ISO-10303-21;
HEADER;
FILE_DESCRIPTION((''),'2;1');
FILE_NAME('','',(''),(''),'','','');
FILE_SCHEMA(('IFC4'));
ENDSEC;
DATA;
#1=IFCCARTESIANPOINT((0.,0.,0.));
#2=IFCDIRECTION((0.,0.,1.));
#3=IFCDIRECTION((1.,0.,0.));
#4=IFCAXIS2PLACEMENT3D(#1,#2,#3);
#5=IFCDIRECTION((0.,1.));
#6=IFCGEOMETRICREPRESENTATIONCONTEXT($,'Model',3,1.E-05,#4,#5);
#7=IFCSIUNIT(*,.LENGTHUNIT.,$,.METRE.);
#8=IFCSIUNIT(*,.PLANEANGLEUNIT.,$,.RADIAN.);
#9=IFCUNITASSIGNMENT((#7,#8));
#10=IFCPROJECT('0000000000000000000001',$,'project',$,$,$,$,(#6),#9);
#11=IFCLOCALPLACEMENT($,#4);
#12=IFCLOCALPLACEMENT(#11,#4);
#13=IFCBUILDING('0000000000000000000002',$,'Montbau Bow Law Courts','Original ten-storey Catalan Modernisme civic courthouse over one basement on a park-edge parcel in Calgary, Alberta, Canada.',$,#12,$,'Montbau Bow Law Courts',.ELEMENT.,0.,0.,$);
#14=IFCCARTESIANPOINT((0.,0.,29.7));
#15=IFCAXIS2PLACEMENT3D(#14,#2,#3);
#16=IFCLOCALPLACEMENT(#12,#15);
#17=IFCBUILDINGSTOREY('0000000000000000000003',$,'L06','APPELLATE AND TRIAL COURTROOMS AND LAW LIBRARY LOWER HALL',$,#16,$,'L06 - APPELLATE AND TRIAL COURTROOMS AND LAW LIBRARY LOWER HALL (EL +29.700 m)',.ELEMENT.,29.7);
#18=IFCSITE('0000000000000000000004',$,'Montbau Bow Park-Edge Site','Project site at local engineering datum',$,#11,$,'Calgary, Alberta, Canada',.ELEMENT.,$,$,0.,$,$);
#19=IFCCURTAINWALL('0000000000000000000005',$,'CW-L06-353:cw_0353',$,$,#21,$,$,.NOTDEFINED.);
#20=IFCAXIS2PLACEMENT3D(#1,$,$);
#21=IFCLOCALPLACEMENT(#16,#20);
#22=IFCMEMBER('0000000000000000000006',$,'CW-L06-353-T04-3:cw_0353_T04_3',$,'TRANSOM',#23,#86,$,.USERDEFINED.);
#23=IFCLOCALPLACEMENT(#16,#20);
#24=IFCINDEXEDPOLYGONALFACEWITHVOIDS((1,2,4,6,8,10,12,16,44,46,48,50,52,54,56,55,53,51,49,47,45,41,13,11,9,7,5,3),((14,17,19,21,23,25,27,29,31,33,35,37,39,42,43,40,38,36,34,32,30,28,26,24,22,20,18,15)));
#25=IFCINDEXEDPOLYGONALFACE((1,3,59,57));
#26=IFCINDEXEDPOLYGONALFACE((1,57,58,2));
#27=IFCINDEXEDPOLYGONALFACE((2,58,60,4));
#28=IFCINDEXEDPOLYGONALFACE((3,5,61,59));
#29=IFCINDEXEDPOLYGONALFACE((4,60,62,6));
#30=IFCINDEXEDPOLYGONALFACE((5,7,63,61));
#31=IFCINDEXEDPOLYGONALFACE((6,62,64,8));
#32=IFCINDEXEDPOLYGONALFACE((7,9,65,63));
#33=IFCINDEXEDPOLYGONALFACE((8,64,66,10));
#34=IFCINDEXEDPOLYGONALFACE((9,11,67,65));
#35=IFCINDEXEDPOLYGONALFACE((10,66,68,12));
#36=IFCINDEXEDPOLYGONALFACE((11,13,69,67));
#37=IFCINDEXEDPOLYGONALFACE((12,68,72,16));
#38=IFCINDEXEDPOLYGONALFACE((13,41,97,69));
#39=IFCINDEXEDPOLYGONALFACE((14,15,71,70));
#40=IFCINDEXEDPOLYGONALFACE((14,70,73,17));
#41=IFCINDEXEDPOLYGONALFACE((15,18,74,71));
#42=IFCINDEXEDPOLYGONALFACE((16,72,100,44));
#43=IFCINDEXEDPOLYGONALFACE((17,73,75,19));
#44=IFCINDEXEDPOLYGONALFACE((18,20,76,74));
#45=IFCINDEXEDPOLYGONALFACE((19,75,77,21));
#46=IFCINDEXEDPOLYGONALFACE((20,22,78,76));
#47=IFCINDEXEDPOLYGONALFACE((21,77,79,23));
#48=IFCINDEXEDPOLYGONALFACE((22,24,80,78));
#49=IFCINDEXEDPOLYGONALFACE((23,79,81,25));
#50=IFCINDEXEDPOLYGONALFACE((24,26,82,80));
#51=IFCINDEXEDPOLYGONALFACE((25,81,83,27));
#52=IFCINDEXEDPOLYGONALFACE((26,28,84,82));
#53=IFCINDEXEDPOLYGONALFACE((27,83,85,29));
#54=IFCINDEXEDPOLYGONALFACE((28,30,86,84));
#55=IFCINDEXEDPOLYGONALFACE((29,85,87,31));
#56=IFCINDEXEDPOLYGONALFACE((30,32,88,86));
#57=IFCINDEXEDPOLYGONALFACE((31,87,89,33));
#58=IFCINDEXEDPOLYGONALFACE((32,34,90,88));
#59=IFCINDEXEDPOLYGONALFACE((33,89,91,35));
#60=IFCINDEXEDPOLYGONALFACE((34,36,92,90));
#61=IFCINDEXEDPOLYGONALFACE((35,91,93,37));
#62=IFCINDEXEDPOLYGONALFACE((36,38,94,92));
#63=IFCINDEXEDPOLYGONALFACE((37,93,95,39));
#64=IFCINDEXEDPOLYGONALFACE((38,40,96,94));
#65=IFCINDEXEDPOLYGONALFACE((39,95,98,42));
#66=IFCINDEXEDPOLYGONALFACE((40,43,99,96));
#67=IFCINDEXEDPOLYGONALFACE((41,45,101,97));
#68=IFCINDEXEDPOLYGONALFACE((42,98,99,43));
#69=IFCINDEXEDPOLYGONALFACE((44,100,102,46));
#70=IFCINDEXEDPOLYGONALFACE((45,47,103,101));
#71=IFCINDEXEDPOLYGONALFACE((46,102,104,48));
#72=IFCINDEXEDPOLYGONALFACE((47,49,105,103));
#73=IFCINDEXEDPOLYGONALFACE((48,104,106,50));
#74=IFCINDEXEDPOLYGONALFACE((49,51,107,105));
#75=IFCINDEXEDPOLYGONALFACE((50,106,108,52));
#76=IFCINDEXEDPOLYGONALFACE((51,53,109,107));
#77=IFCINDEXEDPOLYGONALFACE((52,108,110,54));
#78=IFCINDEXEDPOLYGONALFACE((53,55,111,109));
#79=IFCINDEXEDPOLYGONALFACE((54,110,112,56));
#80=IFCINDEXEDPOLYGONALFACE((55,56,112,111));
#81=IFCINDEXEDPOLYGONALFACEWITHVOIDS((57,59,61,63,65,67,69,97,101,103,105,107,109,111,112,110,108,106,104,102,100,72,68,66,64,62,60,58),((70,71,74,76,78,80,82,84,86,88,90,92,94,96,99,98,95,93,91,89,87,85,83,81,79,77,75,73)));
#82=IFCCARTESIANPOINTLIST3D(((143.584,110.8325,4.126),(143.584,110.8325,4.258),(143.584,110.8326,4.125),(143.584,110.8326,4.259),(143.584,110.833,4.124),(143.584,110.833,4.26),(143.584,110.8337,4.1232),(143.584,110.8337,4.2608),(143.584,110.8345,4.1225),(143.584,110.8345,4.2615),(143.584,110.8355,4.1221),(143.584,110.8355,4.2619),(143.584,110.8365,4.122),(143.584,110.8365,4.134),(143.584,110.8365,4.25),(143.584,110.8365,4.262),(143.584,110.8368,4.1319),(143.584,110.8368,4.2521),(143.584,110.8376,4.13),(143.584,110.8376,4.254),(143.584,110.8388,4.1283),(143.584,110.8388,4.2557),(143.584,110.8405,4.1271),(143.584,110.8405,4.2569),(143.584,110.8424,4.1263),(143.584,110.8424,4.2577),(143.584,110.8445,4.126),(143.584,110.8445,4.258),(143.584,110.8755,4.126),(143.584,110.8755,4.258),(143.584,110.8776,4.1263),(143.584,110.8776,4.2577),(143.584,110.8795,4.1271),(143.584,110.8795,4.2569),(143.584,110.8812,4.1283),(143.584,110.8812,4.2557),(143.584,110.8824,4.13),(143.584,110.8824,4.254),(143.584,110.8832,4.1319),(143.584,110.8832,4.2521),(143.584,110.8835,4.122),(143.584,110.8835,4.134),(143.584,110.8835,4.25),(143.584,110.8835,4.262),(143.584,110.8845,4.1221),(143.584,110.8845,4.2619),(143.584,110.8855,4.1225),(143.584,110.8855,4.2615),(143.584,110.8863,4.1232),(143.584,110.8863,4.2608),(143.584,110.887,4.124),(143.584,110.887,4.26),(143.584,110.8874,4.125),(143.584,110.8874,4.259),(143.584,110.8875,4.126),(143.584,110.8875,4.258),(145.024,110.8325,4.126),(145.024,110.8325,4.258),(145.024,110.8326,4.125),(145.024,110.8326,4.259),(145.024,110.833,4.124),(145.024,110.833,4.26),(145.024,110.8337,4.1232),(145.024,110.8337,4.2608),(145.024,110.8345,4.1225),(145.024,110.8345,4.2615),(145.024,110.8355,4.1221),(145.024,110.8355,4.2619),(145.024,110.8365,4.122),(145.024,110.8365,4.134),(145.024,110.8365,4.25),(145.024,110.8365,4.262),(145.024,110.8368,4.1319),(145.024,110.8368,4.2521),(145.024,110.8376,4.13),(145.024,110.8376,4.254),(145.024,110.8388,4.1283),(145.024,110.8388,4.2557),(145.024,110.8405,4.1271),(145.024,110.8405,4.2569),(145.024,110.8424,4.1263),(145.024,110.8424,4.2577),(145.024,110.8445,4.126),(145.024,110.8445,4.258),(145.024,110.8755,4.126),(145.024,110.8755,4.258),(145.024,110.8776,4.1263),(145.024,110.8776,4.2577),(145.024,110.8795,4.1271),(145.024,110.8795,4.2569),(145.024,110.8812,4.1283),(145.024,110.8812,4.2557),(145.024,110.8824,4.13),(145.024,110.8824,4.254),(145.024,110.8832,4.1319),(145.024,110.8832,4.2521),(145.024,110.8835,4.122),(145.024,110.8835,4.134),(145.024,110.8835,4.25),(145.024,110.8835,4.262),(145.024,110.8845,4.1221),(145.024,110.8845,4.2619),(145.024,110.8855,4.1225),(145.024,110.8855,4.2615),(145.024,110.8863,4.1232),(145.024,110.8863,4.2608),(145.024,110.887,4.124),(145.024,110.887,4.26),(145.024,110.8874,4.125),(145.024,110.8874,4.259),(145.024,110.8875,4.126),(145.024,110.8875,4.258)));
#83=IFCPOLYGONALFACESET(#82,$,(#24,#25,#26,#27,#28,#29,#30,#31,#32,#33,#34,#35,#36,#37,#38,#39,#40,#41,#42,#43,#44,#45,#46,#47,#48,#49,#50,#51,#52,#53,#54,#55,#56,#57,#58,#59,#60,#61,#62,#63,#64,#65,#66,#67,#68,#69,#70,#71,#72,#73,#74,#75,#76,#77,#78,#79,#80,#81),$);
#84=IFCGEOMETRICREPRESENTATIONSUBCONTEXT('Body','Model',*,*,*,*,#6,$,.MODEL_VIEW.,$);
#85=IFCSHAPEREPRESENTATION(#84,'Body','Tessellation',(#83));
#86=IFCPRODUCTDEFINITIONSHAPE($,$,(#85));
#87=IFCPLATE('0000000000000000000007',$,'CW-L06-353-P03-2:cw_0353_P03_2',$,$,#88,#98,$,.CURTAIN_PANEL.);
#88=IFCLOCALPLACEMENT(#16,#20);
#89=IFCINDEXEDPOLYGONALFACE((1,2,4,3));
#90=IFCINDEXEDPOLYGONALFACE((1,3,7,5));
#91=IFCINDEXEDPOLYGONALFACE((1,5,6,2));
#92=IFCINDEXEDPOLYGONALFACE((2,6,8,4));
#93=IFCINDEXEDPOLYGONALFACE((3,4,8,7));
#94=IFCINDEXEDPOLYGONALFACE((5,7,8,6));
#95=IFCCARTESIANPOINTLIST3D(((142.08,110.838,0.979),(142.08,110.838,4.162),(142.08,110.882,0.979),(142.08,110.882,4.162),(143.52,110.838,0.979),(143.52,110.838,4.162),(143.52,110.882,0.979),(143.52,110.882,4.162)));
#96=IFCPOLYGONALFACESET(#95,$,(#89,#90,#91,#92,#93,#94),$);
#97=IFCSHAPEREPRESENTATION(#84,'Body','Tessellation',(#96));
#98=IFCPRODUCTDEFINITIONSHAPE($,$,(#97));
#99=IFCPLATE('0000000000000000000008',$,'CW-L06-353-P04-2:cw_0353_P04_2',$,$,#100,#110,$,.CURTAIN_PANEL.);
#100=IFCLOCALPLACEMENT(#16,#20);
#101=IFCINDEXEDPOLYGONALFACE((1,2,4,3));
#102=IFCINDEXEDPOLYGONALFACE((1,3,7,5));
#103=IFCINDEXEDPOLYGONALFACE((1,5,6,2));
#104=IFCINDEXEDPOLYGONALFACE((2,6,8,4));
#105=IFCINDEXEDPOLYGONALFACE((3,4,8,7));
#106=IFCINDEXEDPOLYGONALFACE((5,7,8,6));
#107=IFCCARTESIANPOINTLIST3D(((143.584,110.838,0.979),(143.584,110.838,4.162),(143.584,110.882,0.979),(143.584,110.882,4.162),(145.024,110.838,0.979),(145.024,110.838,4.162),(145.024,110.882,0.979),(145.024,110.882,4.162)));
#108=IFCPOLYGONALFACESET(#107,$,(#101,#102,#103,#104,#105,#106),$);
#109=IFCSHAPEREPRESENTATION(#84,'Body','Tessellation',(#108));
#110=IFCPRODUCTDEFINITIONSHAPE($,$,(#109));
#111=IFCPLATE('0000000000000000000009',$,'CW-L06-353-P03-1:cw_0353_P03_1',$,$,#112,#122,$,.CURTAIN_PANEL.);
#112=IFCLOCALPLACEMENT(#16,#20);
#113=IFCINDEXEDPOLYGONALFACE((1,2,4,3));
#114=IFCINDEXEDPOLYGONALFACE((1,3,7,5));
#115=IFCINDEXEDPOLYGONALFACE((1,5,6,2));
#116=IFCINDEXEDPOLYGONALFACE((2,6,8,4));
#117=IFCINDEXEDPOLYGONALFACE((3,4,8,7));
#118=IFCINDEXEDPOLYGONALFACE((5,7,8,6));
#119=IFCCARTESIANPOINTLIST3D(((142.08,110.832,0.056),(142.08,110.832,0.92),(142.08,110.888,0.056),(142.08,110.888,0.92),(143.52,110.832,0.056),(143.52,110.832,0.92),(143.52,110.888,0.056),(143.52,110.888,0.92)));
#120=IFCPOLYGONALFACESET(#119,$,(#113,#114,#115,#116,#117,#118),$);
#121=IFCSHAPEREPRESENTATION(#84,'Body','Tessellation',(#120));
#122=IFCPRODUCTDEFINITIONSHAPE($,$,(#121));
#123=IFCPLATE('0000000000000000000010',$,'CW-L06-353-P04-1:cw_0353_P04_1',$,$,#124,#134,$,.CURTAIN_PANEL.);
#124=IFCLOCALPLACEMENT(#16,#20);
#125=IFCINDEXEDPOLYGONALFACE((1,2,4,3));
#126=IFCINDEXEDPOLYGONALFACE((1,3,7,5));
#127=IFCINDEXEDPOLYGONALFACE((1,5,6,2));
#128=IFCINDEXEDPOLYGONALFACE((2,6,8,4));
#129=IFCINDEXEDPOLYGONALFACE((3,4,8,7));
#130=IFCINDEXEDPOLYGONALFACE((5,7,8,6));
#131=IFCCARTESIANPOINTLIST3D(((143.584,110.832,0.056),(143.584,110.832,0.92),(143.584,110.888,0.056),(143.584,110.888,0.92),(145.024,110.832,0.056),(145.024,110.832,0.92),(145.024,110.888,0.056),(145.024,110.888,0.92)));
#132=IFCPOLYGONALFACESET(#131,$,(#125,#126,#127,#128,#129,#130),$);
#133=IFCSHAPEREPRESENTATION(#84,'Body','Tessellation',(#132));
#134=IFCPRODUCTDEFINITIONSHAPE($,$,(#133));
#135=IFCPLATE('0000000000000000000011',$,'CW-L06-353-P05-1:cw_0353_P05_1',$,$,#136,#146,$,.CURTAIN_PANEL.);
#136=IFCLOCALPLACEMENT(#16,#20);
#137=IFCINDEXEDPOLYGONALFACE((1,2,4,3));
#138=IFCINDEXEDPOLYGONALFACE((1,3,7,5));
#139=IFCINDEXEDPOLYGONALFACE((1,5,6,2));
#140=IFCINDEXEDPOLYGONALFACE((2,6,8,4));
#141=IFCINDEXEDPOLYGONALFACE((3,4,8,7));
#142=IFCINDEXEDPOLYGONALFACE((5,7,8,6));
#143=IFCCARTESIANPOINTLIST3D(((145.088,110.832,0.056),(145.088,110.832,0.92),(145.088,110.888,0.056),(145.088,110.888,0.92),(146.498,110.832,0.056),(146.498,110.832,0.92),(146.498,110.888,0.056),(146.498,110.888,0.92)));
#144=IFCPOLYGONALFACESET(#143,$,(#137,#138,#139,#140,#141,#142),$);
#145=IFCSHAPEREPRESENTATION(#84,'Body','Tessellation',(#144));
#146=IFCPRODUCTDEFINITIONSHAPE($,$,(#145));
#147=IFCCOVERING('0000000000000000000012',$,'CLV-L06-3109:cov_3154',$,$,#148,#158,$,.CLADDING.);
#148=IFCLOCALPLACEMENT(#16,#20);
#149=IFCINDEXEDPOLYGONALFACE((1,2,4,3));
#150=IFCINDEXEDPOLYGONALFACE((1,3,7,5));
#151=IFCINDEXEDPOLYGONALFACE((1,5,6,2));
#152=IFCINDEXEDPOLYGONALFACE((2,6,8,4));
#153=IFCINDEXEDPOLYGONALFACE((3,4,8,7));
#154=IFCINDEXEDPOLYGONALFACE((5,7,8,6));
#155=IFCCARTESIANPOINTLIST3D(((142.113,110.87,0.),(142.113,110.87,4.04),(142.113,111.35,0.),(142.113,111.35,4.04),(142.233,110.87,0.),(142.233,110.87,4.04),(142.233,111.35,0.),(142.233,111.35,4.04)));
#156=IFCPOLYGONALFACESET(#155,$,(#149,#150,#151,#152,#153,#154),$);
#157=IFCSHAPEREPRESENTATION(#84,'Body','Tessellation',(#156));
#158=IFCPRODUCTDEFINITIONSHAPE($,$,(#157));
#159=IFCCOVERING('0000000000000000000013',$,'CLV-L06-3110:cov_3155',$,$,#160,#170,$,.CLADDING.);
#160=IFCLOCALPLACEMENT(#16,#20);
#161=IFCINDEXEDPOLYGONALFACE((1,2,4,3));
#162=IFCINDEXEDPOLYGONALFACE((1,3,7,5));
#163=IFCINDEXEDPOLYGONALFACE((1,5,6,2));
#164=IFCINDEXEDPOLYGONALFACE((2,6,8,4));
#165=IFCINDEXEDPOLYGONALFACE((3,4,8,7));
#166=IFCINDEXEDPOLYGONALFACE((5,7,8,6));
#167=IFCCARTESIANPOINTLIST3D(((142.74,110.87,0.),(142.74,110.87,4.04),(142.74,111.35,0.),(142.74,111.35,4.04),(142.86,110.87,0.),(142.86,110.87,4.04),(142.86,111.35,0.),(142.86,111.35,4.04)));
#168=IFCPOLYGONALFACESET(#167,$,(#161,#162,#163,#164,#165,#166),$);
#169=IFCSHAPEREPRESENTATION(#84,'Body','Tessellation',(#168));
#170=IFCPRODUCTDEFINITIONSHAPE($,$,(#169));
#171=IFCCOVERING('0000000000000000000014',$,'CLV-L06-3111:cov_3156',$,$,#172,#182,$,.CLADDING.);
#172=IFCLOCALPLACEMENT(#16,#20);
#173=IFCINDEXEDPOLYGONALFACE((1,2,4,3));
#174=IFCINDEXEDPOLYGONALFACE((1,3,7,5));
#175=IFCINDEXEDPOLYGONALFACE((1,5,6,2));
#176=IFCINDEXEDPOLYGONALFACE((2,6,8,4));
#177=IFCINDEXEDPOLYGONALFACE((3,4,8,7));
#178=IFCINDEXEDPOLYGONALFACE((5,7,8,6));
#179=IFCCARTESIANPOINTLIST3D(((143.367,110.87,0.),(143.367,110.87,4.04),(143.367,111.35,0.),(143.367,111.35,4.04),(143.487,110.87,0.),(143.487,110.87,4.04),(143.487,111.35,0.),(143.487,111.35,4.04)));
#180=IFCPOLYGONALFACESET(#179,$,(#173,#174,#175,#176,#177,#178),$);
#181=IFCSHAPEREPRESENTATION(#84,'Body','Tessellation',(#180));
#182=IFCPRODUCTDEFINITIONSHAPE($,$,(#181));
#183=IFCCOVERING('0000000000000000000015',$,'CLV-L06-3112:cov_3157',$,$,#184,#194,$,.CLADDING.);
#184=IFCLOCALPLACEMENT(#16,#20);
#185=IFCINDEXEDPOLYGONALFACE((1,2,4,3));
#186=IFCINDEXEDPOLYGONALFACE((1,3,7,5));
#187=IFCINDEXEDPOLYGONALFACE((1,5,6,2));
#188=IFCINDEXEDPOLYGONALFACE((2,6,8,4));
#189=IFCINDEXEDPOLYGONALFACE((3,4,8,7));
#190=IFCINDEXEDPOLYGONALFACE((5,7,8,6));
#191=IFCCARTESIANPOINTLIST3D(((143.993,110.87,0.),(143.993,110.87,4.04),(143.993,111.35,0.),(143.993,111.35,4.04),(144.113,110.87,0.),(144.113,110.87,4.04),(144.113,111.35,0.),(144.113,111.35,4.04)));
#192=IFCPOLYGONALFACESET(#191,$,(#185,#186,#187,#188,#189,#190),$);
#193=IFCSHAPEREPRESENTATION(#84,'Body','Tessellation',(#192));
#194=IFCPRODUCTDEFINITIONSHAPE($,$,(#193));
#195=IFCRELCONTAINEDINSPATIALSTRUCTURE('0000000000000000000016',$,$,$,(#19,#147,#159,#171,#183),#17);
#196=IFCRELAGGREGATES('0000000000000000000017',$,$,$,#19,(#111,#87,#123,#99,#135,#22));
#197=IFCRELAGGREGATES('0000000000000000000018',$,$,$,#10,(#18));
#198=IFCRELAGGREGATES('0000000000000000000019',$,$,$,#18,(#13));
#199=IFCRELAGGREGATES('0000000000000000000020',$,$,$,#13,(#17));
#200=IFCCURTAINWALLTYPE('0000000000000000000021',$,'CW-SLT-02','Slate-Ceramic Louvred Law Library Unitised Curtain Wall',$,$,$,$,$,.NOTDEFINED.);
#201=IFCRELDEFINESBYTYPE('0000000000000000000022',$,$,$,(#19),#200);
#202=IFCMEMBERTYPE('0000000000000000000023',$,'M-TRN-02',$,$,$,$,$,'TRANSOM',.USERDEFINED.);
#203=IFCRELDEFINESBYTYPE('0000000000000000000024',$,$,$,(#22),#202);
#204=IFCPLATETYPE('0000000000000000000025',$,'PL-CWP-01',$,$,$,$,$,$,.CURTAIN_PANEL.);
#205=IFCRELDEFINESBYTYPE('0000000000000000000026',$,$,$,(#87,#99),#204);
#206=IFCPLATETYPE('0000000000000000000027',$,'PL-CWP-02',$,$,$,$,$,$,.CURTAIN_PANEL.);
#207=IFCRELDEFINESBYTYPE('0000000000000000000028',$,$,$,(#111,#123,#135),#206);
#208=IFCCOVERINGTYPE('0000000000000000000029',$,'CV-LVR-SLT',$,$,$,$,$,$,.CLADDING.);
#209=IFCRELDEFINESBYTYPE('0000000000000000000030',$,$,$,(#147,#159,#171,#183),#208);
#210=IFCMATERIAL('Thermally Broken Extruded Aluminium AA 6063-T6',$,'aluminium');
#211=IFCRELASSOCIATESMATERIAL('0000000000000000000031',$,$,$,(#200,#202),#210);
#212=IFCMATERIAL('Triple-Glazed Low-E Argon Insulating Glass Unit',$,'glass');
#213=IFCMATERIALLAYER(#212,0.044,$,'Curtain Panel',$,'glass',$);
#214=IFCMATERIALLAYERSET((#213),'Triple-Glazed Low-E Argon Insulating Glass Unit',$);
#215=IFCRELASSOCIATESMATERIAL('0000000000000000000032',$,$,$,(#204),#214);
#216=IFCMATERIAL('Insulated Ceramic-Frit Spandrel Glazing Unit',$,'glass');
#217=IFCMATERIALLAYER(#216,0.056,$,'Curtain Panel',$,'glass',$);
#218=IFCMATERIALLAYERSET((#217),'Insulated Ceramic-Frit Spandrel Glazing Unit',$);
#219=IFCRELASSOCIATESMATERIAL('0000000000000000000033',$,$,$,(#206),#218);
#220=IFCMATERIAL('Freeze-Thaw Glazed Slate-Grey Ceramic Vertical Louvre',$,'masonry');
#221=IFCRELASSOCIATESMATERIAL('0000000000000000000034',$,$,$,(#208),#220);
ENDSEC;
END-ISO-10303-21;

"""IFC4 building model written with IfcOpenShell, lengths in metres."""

from ifc_helpers import new_model, si_unit, direction, frame, frame_2d, origin_with_axes, origin_2d_with_axis, place, context, subcontext, project, spatial, rectangle, hollow_rectangle, extrude, material, layer, layer_set, material_profile, profile_set, type_object, element, aggregate, save


model = new_model("IFC4")

# Units and contexts
model_context = context("Model", 3, precision=1e-05, world=origin_with_axes(), true_north=direction((0.0, 1.0)))
body_context = subcontext(model_context, "Body", "Model", "MODEL_VIEW")
ifc_project = project(units=[si_unit("LENGTHUNIT", "METRE"), si_unit("PLANEANGLEUNIT", "RADIAN")], contexts=[model_context])

# Site, building, storey
site_placement = place(None, origin_with_axes())
site = spatial("IfcSite", under=ifc_project, at=site_placement, Name="Montbau Bow Park-Edge Site", Description="Project site at local engineering datum", LongName="Calgary, Alberta, Canada", CompositionType="ELEMENT", RefElevation=0.0)
building_placement = place(site_placement, origin_with_axes())
building = spatial("IfcBuilding", under=site, at=building_placement, Name="Montbau Bow Law Courts", Description="Original ten-storey Catalan Modernisme civic courthouse over one basement on a park-edge parcel in Calgary, Alberta, Canada.", LongName="Montbau Bow Law Courts", CompositionType="ELEMENT", ElevationOfRefHeight=0.0, ElevationOfTerrain=0.0)
storey_placement = place(building_placement, frame((0.0, 0.0, 29.7), z_axis=(0.0, 0.0, 1.0), x_axis=(1.0, 0.0, 0.0)))
storey = spatial("IfcBuildingStorey", under=building, at=storey_placement, Name="L06", Description="APPELLATE AND TRIAL COURTROOMS AND LAW LIBRARY LOWER HALL", LongName="L06 - APPELLATE AND TRIAL COURTROOMS AND LAW LIBRARY LOWER HALL (EL +29.700 m)", CompositionType="ELEMENT", Elevation=29.7)

# Curtain wall, member, plates
ifc_material_1 = material(Name="Thermally Broken Extruded Aluminium AA 6063-T6", Category="aluminium")
curtain_wall_type = type_object("IfcCurtainWallType", Name="CW-SLT-02", Description="Slate-Ceramic Louvred Law Library Unitised Curtain Wall", PredefinedType="NOTDEFINED", material=ifc_material_1)
curtain_wall_placement = place(None, frame((139.04, 110.86, 29.7), z_axis=(0.0, 0.0, 1.0), x_axis=(1.0, 0.0, 0.0)))
curtain_wall = element("IfcCurtainWall", 1, at=curtain_wall_placement, inside=storey, type_object=curtain_wall_type, Name="CW-L06-353:cw_0353", PredefinedType="NOTDEFINED")
ifc_material_profile_1 = material_profile(ifc_material_1, hollow_rectangle(XDim=0.055, YDim=0.14, WallThickness=0.004, InnerFilletRadius=0.008, OuterFilletRadius=0.004, at=origin_2d_with_axis()), Name="CWT-140X55", Category="Main", Priority=0)
ifc_profile_set_1 = profile_set([ifc_material_profile_1], Name="Thermally Broken Extruded Aluminium AA 6063-T6")
member_type_1 = type_object("IfcMemberType", Name="M-TRN-02", ElementType="TRANSOM", PredefinedType="USERDEFINED", material=ifc_profile_set_1)
member_1_placement = place(None, frame((143.584, 110.86, 33.892), z_axis=(1.0, 0.0, 0.0), x_axis=(0.0, 1.0, 0.0)))
member_1 = element("IfcMember", 2, at=member_1_placement, type_object=member_type_1, Name="CW-L06-353-T04-3:cw_0353_T04_3", ObjectType="TRANSOM", PredefinedType="USERDEFINED", context=body_context, shape_type="SweptSolid", body=[
    extrude(hollow_rectangle(XDim=0.055, YDim=0.14, WallThickness=0.004, InnerFilletRadius=0.008, OuterFilletRadius=0.004, at=origin_2d_with_axis()), origin_with_axes(), (0.0, 0.0, 1.0), 1.44),
])
ifc_material_2 = material(Name="Triple-Glazed Low-E Argon Insulating Glass Unit", Category="glass")
ifc_layer_1 = layer(ifc_material_2, 0.044, Name="Curtain Panel", Category="glass")
ifc_layer_set_1 = layer_set([ifc_layer_1], Name="Triple-Glazed Low-E Argon Insulating Glass Unit")
plate_type_1 = type_object("IfcPlateType", Name="PL-CWP-01", PredefinedType="CURTAIN_PANEL", material=ifc_layer_set_1)
plate_1_placement = place(None, frame((142.08, 110.86, 30.679), z_axis=(0.0, -1.0, 0.0), x_axis=(1.0, 0.0, 0.0)))
plate_1 = element("IfcPlate", 3, at=plate_1_placement, type_object=plate_type_1, Name="CW-L06-353-P03-2:cw_0353_P03_2", PredefinedType="CURTAIN_PANEL", context=body_context, shape_type="SweptSolid", body=[
    extrude(rectangle(XDim=1.44, YDim=3.183, at=frame_2d((0.72, 1.5915), x_axis=(1.0, 0.0))), frame((0.0, 0.0, -0.022), z_axis=(0.0, 0.0, 1.0), x_axis=(1.0, 0.0, 0.0)), (0.0, 0.0, 1.0), 0.044),
])
plate_2_placement = place(None, frame((143.584, 110.86, 30.679), z_axis=(0.0, -1.0, 0.0), x_axis=(1.0, 0.0, 0.0)))
plate_2 = element("IfcPlate", 4, at=plate_2_placement, type_object=plate_type_1, Name="CW-L06-353-P04-2:cw_0353_P04_2", PredefinedType="CURTAIN_PANEL", context=body_context, shape_type="SweptSolid", body=[
    extrude(rectangle(XDim=1.44, YDim=3.183, at=frame_2d((0.72, 1.5915), x_axis=(1.0, 0.0))), frame((0.0, 0.0, -0.022), z_axis=(0.0, 0.0, 1.0), x_axis=(1.0, 0.0, 0.0)), (0.0, 0.0, 1.0), 0.044),
])
ifc_material_3 = material(Name="Insulated Ceramic-Frit Spandrel Glazing Unit", Category="glass")
ifc_layer_2 = layer(ifc_material_3, 0.056, Name="Curtain Panel", Category="glass")
ifc_layer_set_2 = layer_set([ifc_layer_2], Name="Insulated Ceramic-Frit Spandrel Glazing Unit")
plate_type_2 = type_object("IfcPlateType", Name="PL-CWP-02", PredefinedType="CURTAIN_PANEL", material=ifc_layer_set_2)
plate_3_placement = place(None, frame((142.08, 110.86, 29.756), z_axis=(0.0, -1.0, 0.0), x_axis=(1.0, 0.0, 0.0)))
plate_3 = element("IfcPlate", 5, at=plate_3_placement, type_object=plate_type_2, Name="CW-L06-353-P03-1:cw_0353_P03_1", PredefinedType="CURTAIN_PANEL", context=body_context, shape_type="SweptSolid", body=[
    extrude(rectangle(XDim=1.44, YDim=0.864, at=frame_2d((0.72, 0.432), x_axis=(1.0, 0.0))), frame((0.0, 0.0, -0.028), z_axis=(0.0, 0.0, 1.0), x_axis=(1.0, 0.0, 0.0)), (0.0, 0.0, 1.0), 0.056),
])
plate_4_placement = place(None, frame((143.584, 110.86, 29.756), z_axis=(0.0, -1.0, 0.0), x_axis=(1.0, 0.0, 0.0)))
plate_4 = element("IfcPlate", 6, at=plate_4_placement, type_object=plate_type_2, Name="CW-L06-353-P04-1:cw_0353_P04_1", PredefinedType="CURTAIN_PANEL", context=body_context, shape_type="SweptSolid", body=[
    extrude(rectangle(XDim=1.44, YDim=0.864, at=frame_2d((0.72, 0.432), x_axis=(1.0, 0.0))), frame((0.0, 0.0, -0.028), z_axis=(0.0, 0.0, 1.0), x_axis=(1.0, 0.0, 0.0)), (0.0, 0.0, 1.0), 0.056),
])
plate_5_placement = place(None, frame((145.088, 110.86, 29.756), z_axis=(0.0, -1.0, 0.0), x_axis=(1.0, 0.0, 0.0)))
plate_5 = element("IfcPlate", 7, at=plate_5_placement, type_object=plate_type_2, Name="CW-L06-353-P05-1:cw_0353_P05_1", PredefinedType="CURTAIN_PANEL", context=body_context, shape_type="SweptSolid", body=[
    extrude(rectangle(XDim=1.41, YDim=0.864, at=frame_2d((0.705, 0.432), x_axis=(1.0, 0.0))), frame((0.0, 0.0, -0.028), z_axis=(0.0, 0.0, 1.0), x_axis=(1.0, 0.0, 0.0)), (0.0, 0.0, 1.0), 0.056),
])
aggregate(curtain_wall, [plate_3, plate_1, plate_4, plate_2, plate_5, member_1])

# Coverings
ifc_material_4 = material(Name="Freeze-Thaw Glazed Slate-Grey Ceramic Vertical Louvre", Category="masonry")
covering_type = type_object("IfcCoveringType", Name="CV-LVR-SLT", PredefinedType="CLADDING", material=ifc_material_4)
for number, where, z_axis, x_axis, name in (
    (8, (142.173, 110.87, 29.7), (1.0, 0.0, 0.0), (0.0, 1.0, 0.0), "CLV-L06-3109:cov_3154"),
    (9, (142.8, 110.87, 29.7), (1.0, 0.0, 0.0), (0.0, 1.0, 0.0), "CLV-L06-3110:cov_3155"),
    (10, (143.427, 110.87, 29.7), (1.0, 0.0, 0.0), (0.0, 1.0, 0.0), "CLV-L06-3111:cov_3156"),
    (11, (144.053, 110.87, 29.7), (1.0, 0.0, 0.0), (0.0, 1.0, 0.0), "CLV-L06-3112:cov_3157"),
):
    element("IfcCovering", number, at=place(None, frame(where, z_axis=z_axis, x_axis=x_axis)), inside=storey, type_object=covering_type, Name=name, PredefinedType="CLADDING", context=body_context, shape_type="SweptSolid", body=[
        extrude(rectangle(XDim=0.48, YDim=4.04, at=frame_2d((0.24, 2.02), x_axis=(1.0, 0.0))), frame((0.0, 0.0, -0.06), z_axis=(0.0, 0.0, 1.0), x_axis=(1.0, 0.0, 0.0)), (0.0, 0.0, 1.0), 0.12),
    ])

save(model, "model.ifc")
